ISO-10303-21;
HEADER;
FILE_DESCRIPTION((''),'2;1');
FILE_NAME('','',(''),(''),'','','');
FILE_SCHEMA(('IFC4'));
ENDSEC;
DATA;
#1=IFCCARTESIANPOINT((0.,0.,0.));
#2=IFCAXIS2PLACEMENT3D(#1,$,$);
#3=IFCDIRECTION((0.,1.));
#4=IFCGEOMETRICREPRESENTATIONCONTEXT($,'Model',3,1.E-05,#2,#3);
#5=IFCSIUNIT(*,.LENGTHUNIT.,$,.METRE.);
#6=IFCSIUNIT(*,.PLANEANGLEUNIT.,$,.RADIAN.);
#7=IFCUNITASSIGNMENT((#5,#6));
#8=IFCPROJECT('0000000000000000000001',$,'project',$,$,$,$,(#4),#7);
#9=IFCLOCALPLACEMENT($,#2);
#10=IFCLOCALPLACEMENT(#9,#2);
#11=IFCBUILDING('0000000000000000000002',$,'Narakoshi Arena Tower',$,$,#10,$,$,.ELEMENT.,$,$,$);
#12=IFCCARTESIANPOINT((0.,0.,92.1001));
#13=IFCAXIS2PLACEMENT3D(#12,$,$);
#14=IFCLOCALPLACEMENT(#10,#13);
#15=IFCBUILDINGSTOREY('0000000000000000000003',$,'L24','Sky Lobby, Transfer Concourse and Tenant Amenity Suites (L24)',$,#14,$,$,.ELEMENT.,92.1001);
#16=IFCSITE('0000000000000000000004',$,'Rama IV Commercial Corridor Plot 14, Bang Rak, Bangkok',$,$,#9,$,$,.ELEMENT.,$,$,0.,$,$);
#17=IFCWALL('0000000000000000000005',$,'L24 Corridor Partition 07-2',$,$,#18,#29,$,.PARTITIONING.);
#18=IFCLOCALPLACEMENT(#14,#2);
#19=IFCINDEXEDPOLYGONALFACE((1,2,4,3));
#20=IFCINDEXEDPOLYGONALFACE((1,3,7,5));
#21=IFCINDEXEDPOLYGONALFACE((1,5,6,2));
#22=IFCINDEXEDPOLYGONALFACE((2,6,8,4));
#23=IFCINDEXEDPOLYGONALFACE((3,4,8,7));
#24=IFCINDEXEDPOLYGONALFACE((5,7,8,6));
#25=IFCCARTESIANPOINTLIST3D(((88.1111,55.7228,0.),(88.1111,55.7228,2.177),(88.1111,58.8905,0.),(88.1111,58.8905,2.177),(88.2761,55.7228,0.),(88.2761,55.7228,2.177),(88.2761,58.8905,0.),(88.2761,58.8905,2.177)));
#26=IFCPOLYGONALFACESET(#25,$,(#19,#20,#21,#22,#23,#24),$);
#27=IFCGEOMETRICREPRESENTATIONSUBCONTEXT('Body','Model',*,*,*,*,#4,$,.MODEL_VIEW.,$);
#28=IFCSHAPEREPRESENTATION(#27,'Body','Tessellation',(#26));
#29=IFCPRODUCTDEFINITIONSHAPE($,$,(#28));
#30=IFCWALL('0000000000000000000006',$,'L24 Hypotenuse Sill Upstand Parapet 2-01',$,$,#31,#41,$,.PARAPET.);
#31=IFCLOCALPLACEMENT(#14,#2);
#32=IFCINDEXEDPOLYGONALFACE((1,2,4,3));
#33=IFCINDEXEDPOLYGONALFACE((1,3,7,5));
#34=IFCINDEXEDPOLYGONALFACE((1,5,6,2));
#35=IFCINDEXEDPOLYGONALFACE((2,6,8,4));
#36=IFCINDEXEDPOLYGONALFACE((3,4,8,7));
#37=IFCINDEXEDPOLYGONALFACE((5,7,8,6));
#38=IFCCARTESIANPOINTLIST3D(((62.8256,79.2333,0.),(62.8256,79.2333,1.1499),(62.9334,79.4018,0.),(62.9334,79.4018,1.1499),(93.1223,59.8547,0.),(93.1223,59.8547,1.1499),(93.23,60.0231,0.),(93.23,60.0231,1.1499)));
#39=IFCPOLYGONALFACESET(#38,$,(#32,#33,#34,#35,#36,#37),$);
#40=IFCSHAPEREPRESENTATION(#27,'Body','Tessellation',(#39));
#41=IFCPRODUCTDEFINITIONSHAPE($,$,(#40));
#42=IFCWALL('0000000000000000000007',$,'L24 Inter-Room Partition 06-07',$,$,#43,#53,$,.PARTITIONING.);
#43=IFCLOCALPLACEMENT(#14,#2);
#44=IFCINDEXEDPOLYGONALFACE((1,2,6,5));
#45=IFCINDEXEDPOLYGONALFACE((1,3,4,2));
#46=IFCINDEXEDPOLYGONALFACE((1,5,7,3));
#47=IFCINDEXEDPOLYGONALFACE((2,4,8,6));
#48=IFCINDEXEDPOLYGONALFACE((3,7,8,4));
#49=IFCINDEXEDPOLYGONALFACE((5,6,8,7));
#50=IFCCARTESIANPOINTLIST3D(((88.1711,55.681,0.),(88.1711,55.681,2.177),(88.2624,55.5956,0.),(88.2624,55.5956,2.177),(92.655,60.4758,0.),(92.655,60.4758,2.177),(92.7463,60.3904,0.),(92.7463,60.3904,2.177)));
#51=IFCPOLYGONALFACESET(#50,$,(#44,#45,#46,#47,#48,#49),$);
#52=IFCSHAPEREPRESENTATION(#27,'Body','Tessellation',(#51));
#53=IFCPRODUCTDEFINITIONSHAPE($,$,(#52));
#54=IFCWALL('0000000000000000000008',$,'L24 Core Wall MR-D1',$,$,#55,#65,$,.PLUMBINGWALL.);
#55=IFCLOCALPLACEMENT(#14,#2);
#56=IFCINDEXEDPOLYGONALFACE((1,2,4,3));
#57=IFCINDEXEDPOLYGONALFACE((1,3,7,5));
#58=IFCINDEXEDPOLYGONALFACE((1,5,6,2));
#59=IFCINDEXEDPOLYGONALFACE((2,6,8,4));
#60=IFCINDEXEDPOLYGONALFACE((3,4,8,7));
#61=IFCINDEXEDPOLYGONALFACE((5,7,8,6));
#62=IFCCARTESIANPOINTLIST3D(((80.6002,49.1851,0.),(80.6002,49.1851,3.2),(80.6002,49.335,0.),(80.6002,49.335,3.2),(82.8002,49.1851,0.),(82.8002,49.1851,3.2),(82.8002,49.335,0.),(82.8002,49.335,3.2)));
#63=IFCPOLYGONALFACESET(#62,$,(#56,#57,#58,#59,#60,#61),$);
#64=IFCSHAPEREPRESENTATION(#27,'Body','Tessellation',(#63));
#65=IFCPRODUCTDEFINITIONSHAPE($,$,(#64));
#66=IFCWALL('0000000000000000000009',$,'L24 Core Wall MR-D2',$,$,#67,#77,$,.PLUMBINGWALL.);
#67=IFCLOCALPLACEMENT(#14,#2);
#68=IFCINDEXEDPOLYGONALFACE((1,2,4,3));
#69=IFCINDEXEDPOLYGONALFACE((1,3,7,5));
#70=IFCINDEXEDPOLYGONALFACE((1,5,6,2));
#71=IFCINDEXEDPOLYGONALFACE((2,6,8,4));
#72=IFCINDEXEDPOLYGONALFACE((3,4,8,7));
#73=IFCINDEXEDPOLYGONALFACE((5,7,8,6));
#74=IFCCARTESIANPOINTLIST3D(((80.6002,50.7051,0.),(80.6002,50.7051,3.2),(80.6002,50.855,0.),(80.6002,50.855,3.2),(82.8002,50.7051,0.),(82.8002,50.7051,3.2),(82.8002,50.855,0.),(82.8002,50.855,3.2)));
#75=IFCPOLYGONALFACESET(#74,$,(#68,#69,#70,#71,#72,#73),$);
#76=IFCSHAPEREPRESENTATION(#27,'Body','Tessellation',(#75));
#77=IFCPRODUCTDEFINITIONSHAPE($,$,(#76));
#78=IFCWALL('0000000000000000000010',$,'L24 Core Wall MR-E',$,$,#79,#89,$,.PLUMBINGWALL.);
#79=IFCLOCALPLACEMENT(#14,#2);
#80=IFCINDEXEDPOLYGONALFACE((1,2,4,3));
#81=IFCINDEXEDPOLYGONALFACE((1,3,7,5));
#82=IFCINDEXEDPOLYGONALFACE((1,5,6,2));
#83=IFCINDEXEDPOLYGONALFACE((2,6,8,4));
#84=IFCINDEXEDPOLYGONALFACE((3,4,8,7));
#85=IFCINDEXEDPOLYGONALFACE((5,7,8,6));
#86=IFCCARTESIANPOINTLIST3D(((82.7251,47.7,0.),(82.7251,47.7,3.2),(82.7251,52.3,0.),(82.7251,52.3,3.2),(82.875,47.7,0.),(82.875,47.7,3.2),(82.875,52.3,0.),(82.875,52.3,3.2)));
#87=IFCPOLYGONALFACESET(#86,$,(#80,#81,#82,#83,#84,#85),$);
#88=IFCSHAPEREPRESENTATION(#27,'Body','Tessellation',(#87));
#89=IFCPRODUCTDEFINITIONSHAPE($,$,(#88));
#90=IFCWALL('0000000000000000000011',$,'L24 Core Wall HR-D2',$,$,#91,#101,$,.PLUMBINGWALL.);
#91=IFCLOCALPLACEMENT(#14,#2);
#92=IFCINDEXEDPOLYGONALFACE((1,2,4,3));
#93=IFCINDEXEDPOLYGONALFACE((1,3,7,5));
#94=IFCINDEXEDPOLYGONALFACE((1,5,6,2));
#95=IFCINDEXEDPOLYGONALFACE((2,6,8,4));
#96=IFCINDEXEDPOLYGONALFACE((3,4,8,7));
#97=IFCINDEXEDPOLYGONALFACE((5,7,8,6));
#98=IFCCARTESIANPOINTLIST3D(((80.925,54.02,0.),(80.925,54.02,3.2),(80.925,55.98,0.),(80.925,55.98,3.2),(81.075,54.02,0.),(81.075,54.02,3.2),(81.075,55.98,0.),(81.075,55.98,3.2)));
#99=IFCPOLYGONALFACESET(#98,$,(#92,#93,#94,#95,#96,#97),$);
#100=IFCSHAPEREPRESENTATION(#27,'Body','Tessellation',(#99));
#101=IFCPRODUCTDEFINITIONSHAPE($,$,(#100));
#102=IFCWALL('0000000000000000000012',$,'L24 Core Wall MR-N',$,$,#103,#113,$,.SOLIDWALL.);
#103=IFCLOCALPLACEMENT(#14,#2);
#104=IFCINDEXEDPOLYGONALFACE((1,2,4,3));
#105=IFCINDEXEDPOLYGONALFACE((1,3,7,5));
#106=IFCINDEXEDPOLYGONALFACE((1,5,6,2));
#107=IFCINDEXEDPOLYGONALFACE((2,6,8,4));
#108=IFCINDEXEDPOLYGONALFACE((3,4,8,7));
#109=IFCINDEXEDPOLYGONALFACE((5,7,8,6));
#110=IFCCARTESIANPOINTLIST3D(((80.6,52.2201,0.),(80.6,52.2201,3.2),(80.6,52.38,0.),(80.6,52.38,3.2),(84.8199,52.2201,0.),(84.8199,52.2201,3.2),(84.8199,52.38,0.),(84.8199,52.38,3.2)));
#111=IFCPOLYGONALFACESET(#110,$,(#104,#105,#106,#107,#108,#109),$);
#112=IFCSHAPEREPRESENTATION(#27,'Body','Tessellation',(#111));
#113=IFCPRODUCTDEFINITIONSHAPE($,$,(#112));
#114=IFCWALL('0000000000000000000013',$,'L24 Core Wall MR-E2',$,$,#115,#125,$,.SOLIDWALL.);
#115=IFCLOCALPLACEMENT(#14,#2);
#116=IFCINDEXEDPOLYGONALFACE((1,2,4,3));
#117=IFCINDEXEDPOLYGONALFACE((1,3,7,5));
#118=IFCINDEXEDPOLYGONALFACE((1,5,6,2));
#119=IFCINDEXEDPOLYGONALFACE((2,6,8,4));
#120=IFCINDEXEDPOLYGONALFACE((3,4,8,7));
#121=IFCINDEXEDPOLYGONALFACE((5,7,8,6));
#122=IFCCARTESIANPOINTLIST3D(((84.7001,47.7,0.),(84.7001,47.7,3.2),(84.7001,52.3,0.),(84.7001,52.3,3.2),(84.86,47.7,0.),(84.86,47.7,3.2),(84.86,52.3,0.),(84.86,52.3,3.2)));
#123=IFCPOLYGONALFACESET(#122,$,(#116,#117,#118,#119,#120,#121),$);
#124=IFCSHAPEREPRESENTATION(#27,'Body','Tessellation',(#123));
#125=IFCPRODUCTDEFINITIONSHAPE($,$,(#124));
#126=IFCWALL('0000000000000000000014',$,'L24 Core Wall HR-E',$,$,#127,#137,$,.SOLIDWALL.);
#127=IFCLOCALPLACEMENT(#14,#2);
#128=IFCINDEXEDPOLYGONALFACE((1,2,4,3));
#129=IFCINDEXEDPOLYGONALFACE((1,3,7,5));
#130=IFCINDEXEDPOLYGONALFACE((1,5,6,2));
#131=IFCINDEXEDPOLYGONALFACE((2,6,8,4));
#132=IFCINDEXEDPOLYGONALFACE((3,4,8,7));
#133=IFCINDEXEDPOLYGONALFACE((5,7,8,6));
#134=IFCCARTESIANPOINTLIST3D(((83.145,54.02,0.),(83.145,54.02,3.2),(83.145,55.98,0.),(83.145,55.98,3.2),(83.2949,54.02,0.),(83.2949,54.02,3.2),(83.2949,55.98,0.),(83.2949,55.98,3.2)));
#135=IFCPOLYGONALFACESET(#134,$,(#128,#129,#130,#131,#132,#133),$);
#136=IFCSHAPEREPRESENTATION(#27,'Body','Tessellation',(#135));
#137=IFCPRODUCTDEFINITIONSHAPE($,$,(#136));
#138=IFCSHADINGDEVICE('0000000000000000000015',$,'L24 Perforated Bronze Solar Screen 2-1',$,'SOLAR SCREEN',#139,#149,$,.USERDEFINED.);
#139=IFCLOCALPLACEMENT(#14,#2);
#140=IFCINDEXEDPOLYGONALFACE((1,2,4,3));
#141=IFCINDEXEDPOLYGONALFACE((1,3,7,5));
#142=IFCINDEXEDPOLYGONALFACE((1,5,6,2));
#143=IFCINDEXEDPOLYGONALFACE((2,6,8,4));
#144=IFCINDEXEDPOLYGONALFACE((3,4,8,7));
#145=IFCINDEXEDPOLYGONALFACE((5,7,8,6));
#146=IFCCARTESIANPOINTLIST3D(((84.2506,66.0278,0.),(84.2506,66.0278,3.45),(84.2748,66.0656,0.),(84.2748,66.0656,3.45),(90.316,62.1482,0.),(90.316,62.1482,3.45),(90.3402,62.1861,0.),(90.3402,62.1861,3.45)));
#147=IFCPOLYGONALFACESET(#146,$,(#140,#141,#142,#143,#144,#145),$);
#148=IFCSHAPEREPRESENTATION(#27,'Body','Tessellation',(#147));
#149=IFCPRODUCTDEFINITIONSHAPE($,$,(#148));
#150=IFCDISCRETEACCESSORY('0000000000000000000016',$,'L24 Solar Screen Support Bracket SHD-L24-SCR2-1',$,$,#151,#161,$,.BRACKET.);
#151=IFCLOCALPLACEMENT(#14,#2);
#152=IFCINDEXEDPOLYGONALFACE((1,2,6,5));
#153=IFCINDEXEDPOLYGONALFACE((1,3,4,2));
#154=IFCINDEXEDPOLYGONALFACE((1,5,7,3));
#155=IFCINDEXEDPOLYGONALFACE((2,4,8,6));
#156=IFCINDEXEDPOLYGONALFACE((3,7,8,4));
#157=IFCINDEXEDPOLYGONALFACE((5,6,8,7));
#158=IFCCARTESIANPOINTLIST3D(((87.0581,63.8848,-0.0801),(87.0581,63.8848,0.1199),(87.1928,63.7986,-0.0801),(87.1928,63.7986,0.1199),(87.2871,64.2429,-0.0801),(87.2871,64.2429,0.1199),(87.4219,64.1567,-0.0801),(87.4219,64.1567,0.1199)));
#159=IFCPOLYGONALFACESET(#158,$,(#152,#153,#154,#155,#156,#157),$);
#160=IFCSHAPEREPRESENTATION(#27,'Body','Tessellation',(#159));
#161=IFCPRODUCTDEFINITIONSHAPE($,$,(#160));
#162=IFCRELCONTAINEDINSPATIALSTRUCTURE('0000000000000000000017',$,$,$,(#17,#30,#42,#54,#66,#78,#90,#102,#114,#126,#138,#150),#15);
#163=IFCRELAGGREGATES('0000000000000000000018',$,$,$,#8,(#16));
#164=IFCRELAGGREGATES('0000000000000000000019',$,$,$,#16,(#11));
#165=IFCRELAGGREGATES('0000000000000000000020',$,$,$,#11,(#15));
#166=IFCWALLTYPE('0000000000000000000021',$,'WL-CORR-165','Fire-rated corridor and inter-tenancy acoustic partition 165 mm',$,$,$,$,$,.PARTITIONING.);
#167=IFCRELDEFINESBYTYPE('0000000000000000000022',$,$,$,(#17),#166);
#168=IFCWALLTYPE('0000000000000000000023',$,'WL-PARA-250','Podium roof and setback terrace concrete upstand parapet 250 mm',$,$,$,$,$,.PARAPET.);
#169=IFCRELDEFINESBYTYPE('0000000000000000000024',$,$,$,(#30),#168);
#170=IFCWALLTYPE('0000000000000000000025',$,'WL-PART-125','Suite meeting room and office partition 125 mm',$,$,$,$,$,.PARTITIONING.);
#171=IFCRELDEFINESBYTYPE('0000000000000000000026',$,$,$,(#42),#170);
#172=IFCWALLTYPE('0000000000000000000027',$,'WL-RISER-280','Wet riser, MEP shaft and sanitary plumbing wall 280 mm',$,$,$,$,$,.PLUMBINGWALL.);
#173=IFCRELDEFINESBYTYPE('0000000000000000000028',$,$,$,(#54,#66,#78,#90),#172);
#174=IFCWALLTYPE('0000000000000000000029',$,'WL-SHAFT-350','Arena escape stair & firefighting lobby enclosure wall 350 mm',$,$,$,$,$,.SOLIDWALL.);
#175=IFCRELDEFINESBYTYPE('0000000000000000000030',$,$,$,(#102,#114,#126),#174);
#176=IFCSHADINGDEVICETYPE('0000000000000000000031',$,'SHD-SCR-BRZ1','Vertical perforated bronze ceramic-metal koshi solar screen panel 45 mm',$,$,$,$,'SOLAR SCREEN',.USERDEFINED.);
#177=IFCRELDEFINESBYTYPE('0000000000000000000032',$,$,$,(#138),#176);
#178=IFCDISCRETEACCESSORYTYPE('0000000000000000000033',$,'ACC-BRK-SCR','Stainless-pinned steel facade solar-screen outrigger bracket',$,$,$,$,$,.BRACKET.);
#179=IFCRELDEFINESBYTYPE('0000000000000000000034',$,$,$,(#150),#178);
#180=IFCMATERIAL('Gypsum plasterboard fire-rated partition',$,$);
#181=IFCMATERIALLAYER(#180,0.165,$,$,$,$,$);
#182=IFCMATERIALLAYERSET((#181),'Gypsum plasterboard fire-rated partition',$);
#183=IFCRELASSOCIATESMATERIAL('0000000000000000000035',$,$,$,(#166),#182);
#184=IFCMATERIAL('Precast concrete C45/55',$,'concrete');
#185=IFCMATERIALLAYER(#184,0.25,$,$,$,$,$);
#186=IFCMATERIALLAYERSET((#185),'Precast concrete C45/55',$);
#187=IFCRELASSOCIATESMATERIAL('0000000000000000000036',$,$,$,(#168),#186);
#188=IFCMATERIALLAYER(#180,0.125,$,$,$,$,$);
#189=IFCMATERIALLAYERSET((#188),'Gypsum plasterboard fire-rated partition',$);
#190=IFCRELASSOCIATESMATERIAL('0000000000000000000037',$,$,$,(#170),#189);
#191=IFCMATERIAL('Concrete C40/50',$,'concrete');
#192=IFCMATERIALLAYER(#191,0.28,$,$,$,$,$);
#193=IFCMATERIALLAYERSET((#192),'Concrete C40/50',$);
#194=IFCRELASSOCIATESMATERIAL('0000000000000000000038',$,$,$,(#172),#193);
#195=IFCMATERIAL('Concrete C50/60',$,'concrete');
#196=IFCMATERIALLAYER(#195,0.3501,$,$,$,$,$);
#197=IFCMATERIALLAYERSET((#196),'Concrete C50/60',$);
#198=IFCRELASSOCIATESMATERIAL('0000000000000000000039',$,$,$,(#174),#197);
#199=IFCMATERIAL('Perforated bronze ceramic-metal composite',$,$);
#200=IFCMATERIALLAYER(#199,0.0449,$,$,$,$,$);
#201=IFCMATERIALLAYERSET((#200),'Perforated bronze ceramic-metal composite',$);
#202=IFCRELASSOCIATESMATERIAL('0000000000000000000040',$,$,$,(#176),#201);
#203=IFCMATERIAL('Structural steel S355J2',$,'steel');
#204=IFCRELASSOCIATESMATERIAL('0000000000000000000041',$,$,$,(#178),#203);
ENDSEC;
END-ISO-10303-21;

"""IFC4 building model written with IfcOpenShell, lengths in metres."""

from ifc_helpers import new_model, si_unit, direction, frame, frame_2d, origin, origin_2d, place, context, subcontext, project, spatial, rectangle, extrude, material, layer, layer_set, type_object, element, save


model = new_model("IFC4")

# Units and contexts
model_context = context("Model", 3, precision=1e-05, world=origin(), true_north=direction((0.0, 1.0)))
body_context = subcontext(model_context, "Body", "Model", "MODEL_VIEW")
ifc_project = project(units=[si_unit("LENGTHUNIT", "METRE"), si_unit("PLANEANGLEUNIT", "RADIAN")], contexts=[model_context])

# Site, building, storey
site_placement = place(None, origin())
site = spatial("IfcSite", under=ifc_project, at=site_placement, Name="Rama IV Commercial Corridor Plot 14, Bang Rak, Bangkok", CompositionType="ELEMENT", RefElevation=0.0)
building_placement = place(site_placement, origin())
building = spatial("IfcBuilding", under=site, at=building_placement, Name="Narakoshi Arena Tower", CompositionType="ELEMENT")
storey_placement = place(building_placement, frame((0.0, 0.0, 92.1001)))
storey = spatial("IfcBuildingStorey", under=building, at=storey_placement, Name="L24", Description="Sky Lobby, Transfer Concourse and Tenant Amenity Suites (L24)", CompositionType="ELEMENT", Elevation=92.1001)

# Shared definitions
ifc_material_1 = material(Name="Gypsum plasterboard fire-rated partition")
ifc_layer_1 = layer(ifc_material_1, 0.165)
ifc_layer_set_1 = layer_set([ifc_layer_1], Name="Gypsum plasterboard fire-rated partition")
wall_type_1 = type_object("IfcWallType", Name="WL-CORR-165", Description="Fire-rated corridor and inter-tenancy acoustic partition 165 mm", PredefinedType="PARTITIONING", material=ifc_layer_set_1)

# Walls
wall_1_placement = place(storey_placement, frame((88.1936, 55.7227, 0.0), z_axis=(0.0, 0.0, 1.0), x_axis=(0.0, 1.0, 0.0)))
element("IfcWall", 1, at=wall_1_placement, inside=storey, type_object=wall_type_1, Name="L24 Corridor Partition 07-2", PredefinedType="PARTITIONING", context=body_context, shape_type="SweptSolid", body=[
    extrude(rectangle(XDim=3.1677, YDim=0.165, at=frame_2d((1.584, 0.0))), origin(), (0.0, 0.0, 1.0), 2.177),
])
ifc_material_2 = material(Name="Precast concrete C45/55", Category="concrete")
ifc_layer_2 = layer(ifc_material_2, 0.25)
ifc_layer_set_2 = layer_set([ifc_layer_2], Name="Precast concrete C45/55")
wall_type_2 = type_object("IfcWallType", Name="WL-PARA-250", Description="Podium roof and setback terrace concrete upstand parapet 250 mm", PredefinedType="PARAPET", material=ifc_layer_set_2)
wall_2_placement = place(storey_placement, frame((93.176, 59.939, 0.0), z_axis=(0.0, 0.0, 1.0), x_axis=(-0.842413, 0.538833, 0.0)))
element("IfcWall", 2, at=wall_2_placement, inside=storey, type_object=wall_type_2, Name="L24 Hypotenuse Sill Upstand Parapet 2-01", PredefinedType="PARAPET", context=body_context, shape_type="SweptSolid", body=[
    extrude(rectangle(XDim=35.9641, YDim=0.2, at=frame_2d((17.9819, 0.0))), origin(), (0.0, 0.0, 1.0), 1.1499),
])
ifc_layer_3 = layer(ifc_material_1, 0.125)
ifc_layer_set_3 = layer_set([ifc_layer_3], Name="Gypsum plasterboard fire-rated partition")
wall_type_3 = type_object("IfcWallType", Name="WL-PART-125", Description="Suite meeting room and office partition 125 mm", PredefinedType="PARTITIONING", material=ifc_layer_set_3)
wall_3_placement = place(storey_placement, frame((88.2168, 55.6384, 0.0), z_axis=(0.0, 0.0, 1.0), x_axis=(0.683039, 0.730382, 0.0)))
element("IfcWall", 3, at=wall_3_placement, inside=storey, type_object=wall_type_3, Name="L24 Inter-Room Partition 06-07", PredefinedType="PARTITIONING", context=body_context, shape_type="SweptSolid", body=[
    extrude(rectangle(XDim=6.5647, YDim=0.125, at=frame_2d((3.2822, 0.0))), origin(), (0.0, 0.0, 1.0), 2.177),
])
ifc_material_3 = material(Name="Concrete C40/50", Category="concrete")
ifc_layer_4 = layer(ifc_material_3, 0.28)
ifc_layer_set_4 = layer_set([ifc_layer_4], Name="Concrete C40/50")
wall_type_4 = type_object("IfcWallType", Name="WL-RISER-280", Description="Wet riser, MEP shaft and sanitary plumbing wall 280 mm", PredefinedType="PLUMBINGWALL", material=ifc_layer_set_4)
for number, where, z_axis, x_axis, name in (
    (4, (80.6001, 49.26, 0.0), (0.0, 0.0, 1.0), (1.0, 0.0, 0.0), "L24 Core Wall MR-D1"),
    (5, (80.6001, 50.78, 0.0), (0.0, 0.0, 1.0), (1.0, 0.0, 0.0), "L24 Core Wall MR-D2"),
):
    element("IfcWall", number, at=place(storey_placement, frame(where, z_axis=z_axis, x_axis=x_axis)), inside=storey, type_object=wall_type_4, Name=name, PredefinedType="PLUMBINGWALL", context=body_context, shape_type="SweptSolid", body=[
        extrude(rectangle(XDim=2.2, YDim=0.1499, at=frame_2d((1.1001, 0.0))), origin(), (0.0, 0.0, 1.0), 3.2),
    ])
wall_4_placement = place(storey_placement, frame((82.8, 47.7, 0.0), z_axis=(0.0, 0.0, 1.0), x_axis=(0.0, 1.0, 0.0)))
element("IfcWall", 6, at=wall_4_placement, inside=storey, type_object=wall_type_4, Name="L24 Core Wall MR-E", PredefinedType="PLUMBINGWALL", context=body_context, shape_type="SweptSolid", body=[
    extrude(rectangle(XDim=4.6001, YDim=0.1499, at=frame_2d((2.3, 0.0))), origin(), (0.0, 0.0, 1.0), 3.2),
])
wall_5_placement = place(storey_placement, frame((81.0, 54.02, 0.0), z_axis=(0.0, 0.0, 1.0), x_axis=(0.0, 1.0, 0.0)))
element("IfcWall", 7, at=wall_5_placement, inside=storey, type_object=wall_type_4, Name="L24 Core Wall HR-D2", PredefinedType="PLUMBINGWALL", context=body_context, shape_type="SweptSolid", body=[
    extrude(rectangle(XDim=1.96, YDim=0.1499, at=frame_2d((0.98, 0.0))), origin(), (0.0, 0.0, 1.0), 3.2),
])
ifc_material_4 = material(Name="Concrete C50/60", Category="concrete")
ifc_layer_5 = layer(ifc_material_4, 0.3501)
ifc_layer_set_5 = layer_set([ifc_layer_5], Name="Concrete C50/60")
wall_type_5 = type_object("IfcWallType", Name="WL-SHAFT-350", Description="Arena escape stair & firefighting lobby enclosure wall 350 mm", PredefinedType="SOLIDWALL", material=ifc_layer_set_5)
wall_6_placement = place(storey_placement, frame((80.6001, 52.3, 0.0), z_axis=(0.0, 0.0, 1.0), x_axis=(1.0, 0.0, 0.0)))
element("IfcWall", 8, at=wall_6_placement, inside=storey, type_object=wall_type_5, Name="L24 Core Wall MR-N", PredefinedType="SOLIDWALL", context=body_context, shape_type="SweptSolid", body=[
    extrude(rectangle(XDim=4.22, YDim=0.1599, at=frame_2d((2.1099, 0.0))), origin(), (0.0, 0.0, 1.0), 3.2),
])
wall_7_placement = place(storey_placement, frame((84.78, 47.7, 0.0), z_axis=(0.0, 0.0, 1.0), x_axis=(0.0, 1.0, 0.0)))
element("IfcWall", 9, at=wall_7_placement, inside=storey, type_object=wall_type_5, Name="L24 Core Wall MR-E2", PredefinedType="SOLIDWALL", context=body_context, shape_type="SweptSolid", body=[
    extrude(rectangle(XDim=4.6001, YDim=0.1599, at=frame_2d((2.3, 0.0))), origin(), (0.0, 0.0, 1.0), 3.2),
])
wall_8_placement = place(storey_placement, frame((83.22, 54.02, 0.0), z_axis=(0.0, 0.0, 1.0), x_axis=(0.0, 1.0, 0.0)))
element("IfcWall", 10, at=wall_8_placement, inside=storey, type_object=wall_type_5, Name="L24 Core Wall HR-E", PredefinedType="SOLIDWALL", context=body_context, shape_type="SweptSolid", body=[
    extrude(rectangle(XDim=1.96, YDim=0.1499, at=frame_2d((0.98, 0.0))), origin(), (0.0, 0.0, 1.0), 3.2),
])

# Shading device
ifc_material_5 = material(Name="Perforated bronze ceramic-metal composite")
ifc_layer_6 = layer(ifc_material_5, 0.0449)
ifc_layer_set_6 = layer_set([ifc_layer_6], Name="Perforated bronze ceramic-metal composite")
shading_device_type = type_object("IfcShadingDeviceType", Name="SHD-SCR-BRZ1", Description="Vertical perforated bronze ceramic-metal koshi solar screen panel 45 mm", ElementType="SOLAR SCREEN", PredefinedType="USERDEFINED", material=ifc_layer_set_6)
shading_device_placement = place(storey_placement, frame((87.2954, 64.1069, 0.0), z_axis=(0.0, 0.0, 1.0), x_axis=(-0.842415, 0.53883, 0.0)))
element("IfcShadingDevice", 11, at=shading_device_placement, inside=storey, type_object=shading_device_type, Name="L24 Perforated Bronze Solar Screen 2-1", ObjectType="SOLAR SCREEN", PredefinedType="USERDEFINED", context=body_context, shape_type="SweptSolid", body=[
    extrude(rectangle(XDim=7.2, YDim=0.0449, at=origin_2d()), origin(), (0.0, 0.0, 1.0), 3.45),
])

# Discrete accessory
ifc_material_6 = material(Name="Structural steel S355J2", Category="steel")
discrete_accessory_type = type_object("IfcDiscreteAccessoryType", Name="ACC-BRK-SCR", Description="Stainless-pinned steel facade solar-screen outrigger bracket", PredefinedType="BRACKET", material=ifc_material_6)
discrete_accessory_placement = place(storey_placement, frame((87.24, 64.0208, -0.0801), z_axis=(0.0, 0.0, 1.0), x_axis=(-0.842415, 0.53883, 0.0)))
element("IfcDiscreteAccessory", 12, at=discrete_accessory_placement, inside=storey, type_object=discrete_accessory_type, Name="L24 Solar Screen Support Bracket SHD-L24-SCR2-1", PredefinedType="BRACKET", context=body_context, shape_type="SweptSolid", body=[
    extrude(rectangle(XDim=0.1599, YDim=0.425, at=origin_2d()), origin(), (0.0, 0.0, 1.0), 0.2),
])

save(model, "model.ifc")
